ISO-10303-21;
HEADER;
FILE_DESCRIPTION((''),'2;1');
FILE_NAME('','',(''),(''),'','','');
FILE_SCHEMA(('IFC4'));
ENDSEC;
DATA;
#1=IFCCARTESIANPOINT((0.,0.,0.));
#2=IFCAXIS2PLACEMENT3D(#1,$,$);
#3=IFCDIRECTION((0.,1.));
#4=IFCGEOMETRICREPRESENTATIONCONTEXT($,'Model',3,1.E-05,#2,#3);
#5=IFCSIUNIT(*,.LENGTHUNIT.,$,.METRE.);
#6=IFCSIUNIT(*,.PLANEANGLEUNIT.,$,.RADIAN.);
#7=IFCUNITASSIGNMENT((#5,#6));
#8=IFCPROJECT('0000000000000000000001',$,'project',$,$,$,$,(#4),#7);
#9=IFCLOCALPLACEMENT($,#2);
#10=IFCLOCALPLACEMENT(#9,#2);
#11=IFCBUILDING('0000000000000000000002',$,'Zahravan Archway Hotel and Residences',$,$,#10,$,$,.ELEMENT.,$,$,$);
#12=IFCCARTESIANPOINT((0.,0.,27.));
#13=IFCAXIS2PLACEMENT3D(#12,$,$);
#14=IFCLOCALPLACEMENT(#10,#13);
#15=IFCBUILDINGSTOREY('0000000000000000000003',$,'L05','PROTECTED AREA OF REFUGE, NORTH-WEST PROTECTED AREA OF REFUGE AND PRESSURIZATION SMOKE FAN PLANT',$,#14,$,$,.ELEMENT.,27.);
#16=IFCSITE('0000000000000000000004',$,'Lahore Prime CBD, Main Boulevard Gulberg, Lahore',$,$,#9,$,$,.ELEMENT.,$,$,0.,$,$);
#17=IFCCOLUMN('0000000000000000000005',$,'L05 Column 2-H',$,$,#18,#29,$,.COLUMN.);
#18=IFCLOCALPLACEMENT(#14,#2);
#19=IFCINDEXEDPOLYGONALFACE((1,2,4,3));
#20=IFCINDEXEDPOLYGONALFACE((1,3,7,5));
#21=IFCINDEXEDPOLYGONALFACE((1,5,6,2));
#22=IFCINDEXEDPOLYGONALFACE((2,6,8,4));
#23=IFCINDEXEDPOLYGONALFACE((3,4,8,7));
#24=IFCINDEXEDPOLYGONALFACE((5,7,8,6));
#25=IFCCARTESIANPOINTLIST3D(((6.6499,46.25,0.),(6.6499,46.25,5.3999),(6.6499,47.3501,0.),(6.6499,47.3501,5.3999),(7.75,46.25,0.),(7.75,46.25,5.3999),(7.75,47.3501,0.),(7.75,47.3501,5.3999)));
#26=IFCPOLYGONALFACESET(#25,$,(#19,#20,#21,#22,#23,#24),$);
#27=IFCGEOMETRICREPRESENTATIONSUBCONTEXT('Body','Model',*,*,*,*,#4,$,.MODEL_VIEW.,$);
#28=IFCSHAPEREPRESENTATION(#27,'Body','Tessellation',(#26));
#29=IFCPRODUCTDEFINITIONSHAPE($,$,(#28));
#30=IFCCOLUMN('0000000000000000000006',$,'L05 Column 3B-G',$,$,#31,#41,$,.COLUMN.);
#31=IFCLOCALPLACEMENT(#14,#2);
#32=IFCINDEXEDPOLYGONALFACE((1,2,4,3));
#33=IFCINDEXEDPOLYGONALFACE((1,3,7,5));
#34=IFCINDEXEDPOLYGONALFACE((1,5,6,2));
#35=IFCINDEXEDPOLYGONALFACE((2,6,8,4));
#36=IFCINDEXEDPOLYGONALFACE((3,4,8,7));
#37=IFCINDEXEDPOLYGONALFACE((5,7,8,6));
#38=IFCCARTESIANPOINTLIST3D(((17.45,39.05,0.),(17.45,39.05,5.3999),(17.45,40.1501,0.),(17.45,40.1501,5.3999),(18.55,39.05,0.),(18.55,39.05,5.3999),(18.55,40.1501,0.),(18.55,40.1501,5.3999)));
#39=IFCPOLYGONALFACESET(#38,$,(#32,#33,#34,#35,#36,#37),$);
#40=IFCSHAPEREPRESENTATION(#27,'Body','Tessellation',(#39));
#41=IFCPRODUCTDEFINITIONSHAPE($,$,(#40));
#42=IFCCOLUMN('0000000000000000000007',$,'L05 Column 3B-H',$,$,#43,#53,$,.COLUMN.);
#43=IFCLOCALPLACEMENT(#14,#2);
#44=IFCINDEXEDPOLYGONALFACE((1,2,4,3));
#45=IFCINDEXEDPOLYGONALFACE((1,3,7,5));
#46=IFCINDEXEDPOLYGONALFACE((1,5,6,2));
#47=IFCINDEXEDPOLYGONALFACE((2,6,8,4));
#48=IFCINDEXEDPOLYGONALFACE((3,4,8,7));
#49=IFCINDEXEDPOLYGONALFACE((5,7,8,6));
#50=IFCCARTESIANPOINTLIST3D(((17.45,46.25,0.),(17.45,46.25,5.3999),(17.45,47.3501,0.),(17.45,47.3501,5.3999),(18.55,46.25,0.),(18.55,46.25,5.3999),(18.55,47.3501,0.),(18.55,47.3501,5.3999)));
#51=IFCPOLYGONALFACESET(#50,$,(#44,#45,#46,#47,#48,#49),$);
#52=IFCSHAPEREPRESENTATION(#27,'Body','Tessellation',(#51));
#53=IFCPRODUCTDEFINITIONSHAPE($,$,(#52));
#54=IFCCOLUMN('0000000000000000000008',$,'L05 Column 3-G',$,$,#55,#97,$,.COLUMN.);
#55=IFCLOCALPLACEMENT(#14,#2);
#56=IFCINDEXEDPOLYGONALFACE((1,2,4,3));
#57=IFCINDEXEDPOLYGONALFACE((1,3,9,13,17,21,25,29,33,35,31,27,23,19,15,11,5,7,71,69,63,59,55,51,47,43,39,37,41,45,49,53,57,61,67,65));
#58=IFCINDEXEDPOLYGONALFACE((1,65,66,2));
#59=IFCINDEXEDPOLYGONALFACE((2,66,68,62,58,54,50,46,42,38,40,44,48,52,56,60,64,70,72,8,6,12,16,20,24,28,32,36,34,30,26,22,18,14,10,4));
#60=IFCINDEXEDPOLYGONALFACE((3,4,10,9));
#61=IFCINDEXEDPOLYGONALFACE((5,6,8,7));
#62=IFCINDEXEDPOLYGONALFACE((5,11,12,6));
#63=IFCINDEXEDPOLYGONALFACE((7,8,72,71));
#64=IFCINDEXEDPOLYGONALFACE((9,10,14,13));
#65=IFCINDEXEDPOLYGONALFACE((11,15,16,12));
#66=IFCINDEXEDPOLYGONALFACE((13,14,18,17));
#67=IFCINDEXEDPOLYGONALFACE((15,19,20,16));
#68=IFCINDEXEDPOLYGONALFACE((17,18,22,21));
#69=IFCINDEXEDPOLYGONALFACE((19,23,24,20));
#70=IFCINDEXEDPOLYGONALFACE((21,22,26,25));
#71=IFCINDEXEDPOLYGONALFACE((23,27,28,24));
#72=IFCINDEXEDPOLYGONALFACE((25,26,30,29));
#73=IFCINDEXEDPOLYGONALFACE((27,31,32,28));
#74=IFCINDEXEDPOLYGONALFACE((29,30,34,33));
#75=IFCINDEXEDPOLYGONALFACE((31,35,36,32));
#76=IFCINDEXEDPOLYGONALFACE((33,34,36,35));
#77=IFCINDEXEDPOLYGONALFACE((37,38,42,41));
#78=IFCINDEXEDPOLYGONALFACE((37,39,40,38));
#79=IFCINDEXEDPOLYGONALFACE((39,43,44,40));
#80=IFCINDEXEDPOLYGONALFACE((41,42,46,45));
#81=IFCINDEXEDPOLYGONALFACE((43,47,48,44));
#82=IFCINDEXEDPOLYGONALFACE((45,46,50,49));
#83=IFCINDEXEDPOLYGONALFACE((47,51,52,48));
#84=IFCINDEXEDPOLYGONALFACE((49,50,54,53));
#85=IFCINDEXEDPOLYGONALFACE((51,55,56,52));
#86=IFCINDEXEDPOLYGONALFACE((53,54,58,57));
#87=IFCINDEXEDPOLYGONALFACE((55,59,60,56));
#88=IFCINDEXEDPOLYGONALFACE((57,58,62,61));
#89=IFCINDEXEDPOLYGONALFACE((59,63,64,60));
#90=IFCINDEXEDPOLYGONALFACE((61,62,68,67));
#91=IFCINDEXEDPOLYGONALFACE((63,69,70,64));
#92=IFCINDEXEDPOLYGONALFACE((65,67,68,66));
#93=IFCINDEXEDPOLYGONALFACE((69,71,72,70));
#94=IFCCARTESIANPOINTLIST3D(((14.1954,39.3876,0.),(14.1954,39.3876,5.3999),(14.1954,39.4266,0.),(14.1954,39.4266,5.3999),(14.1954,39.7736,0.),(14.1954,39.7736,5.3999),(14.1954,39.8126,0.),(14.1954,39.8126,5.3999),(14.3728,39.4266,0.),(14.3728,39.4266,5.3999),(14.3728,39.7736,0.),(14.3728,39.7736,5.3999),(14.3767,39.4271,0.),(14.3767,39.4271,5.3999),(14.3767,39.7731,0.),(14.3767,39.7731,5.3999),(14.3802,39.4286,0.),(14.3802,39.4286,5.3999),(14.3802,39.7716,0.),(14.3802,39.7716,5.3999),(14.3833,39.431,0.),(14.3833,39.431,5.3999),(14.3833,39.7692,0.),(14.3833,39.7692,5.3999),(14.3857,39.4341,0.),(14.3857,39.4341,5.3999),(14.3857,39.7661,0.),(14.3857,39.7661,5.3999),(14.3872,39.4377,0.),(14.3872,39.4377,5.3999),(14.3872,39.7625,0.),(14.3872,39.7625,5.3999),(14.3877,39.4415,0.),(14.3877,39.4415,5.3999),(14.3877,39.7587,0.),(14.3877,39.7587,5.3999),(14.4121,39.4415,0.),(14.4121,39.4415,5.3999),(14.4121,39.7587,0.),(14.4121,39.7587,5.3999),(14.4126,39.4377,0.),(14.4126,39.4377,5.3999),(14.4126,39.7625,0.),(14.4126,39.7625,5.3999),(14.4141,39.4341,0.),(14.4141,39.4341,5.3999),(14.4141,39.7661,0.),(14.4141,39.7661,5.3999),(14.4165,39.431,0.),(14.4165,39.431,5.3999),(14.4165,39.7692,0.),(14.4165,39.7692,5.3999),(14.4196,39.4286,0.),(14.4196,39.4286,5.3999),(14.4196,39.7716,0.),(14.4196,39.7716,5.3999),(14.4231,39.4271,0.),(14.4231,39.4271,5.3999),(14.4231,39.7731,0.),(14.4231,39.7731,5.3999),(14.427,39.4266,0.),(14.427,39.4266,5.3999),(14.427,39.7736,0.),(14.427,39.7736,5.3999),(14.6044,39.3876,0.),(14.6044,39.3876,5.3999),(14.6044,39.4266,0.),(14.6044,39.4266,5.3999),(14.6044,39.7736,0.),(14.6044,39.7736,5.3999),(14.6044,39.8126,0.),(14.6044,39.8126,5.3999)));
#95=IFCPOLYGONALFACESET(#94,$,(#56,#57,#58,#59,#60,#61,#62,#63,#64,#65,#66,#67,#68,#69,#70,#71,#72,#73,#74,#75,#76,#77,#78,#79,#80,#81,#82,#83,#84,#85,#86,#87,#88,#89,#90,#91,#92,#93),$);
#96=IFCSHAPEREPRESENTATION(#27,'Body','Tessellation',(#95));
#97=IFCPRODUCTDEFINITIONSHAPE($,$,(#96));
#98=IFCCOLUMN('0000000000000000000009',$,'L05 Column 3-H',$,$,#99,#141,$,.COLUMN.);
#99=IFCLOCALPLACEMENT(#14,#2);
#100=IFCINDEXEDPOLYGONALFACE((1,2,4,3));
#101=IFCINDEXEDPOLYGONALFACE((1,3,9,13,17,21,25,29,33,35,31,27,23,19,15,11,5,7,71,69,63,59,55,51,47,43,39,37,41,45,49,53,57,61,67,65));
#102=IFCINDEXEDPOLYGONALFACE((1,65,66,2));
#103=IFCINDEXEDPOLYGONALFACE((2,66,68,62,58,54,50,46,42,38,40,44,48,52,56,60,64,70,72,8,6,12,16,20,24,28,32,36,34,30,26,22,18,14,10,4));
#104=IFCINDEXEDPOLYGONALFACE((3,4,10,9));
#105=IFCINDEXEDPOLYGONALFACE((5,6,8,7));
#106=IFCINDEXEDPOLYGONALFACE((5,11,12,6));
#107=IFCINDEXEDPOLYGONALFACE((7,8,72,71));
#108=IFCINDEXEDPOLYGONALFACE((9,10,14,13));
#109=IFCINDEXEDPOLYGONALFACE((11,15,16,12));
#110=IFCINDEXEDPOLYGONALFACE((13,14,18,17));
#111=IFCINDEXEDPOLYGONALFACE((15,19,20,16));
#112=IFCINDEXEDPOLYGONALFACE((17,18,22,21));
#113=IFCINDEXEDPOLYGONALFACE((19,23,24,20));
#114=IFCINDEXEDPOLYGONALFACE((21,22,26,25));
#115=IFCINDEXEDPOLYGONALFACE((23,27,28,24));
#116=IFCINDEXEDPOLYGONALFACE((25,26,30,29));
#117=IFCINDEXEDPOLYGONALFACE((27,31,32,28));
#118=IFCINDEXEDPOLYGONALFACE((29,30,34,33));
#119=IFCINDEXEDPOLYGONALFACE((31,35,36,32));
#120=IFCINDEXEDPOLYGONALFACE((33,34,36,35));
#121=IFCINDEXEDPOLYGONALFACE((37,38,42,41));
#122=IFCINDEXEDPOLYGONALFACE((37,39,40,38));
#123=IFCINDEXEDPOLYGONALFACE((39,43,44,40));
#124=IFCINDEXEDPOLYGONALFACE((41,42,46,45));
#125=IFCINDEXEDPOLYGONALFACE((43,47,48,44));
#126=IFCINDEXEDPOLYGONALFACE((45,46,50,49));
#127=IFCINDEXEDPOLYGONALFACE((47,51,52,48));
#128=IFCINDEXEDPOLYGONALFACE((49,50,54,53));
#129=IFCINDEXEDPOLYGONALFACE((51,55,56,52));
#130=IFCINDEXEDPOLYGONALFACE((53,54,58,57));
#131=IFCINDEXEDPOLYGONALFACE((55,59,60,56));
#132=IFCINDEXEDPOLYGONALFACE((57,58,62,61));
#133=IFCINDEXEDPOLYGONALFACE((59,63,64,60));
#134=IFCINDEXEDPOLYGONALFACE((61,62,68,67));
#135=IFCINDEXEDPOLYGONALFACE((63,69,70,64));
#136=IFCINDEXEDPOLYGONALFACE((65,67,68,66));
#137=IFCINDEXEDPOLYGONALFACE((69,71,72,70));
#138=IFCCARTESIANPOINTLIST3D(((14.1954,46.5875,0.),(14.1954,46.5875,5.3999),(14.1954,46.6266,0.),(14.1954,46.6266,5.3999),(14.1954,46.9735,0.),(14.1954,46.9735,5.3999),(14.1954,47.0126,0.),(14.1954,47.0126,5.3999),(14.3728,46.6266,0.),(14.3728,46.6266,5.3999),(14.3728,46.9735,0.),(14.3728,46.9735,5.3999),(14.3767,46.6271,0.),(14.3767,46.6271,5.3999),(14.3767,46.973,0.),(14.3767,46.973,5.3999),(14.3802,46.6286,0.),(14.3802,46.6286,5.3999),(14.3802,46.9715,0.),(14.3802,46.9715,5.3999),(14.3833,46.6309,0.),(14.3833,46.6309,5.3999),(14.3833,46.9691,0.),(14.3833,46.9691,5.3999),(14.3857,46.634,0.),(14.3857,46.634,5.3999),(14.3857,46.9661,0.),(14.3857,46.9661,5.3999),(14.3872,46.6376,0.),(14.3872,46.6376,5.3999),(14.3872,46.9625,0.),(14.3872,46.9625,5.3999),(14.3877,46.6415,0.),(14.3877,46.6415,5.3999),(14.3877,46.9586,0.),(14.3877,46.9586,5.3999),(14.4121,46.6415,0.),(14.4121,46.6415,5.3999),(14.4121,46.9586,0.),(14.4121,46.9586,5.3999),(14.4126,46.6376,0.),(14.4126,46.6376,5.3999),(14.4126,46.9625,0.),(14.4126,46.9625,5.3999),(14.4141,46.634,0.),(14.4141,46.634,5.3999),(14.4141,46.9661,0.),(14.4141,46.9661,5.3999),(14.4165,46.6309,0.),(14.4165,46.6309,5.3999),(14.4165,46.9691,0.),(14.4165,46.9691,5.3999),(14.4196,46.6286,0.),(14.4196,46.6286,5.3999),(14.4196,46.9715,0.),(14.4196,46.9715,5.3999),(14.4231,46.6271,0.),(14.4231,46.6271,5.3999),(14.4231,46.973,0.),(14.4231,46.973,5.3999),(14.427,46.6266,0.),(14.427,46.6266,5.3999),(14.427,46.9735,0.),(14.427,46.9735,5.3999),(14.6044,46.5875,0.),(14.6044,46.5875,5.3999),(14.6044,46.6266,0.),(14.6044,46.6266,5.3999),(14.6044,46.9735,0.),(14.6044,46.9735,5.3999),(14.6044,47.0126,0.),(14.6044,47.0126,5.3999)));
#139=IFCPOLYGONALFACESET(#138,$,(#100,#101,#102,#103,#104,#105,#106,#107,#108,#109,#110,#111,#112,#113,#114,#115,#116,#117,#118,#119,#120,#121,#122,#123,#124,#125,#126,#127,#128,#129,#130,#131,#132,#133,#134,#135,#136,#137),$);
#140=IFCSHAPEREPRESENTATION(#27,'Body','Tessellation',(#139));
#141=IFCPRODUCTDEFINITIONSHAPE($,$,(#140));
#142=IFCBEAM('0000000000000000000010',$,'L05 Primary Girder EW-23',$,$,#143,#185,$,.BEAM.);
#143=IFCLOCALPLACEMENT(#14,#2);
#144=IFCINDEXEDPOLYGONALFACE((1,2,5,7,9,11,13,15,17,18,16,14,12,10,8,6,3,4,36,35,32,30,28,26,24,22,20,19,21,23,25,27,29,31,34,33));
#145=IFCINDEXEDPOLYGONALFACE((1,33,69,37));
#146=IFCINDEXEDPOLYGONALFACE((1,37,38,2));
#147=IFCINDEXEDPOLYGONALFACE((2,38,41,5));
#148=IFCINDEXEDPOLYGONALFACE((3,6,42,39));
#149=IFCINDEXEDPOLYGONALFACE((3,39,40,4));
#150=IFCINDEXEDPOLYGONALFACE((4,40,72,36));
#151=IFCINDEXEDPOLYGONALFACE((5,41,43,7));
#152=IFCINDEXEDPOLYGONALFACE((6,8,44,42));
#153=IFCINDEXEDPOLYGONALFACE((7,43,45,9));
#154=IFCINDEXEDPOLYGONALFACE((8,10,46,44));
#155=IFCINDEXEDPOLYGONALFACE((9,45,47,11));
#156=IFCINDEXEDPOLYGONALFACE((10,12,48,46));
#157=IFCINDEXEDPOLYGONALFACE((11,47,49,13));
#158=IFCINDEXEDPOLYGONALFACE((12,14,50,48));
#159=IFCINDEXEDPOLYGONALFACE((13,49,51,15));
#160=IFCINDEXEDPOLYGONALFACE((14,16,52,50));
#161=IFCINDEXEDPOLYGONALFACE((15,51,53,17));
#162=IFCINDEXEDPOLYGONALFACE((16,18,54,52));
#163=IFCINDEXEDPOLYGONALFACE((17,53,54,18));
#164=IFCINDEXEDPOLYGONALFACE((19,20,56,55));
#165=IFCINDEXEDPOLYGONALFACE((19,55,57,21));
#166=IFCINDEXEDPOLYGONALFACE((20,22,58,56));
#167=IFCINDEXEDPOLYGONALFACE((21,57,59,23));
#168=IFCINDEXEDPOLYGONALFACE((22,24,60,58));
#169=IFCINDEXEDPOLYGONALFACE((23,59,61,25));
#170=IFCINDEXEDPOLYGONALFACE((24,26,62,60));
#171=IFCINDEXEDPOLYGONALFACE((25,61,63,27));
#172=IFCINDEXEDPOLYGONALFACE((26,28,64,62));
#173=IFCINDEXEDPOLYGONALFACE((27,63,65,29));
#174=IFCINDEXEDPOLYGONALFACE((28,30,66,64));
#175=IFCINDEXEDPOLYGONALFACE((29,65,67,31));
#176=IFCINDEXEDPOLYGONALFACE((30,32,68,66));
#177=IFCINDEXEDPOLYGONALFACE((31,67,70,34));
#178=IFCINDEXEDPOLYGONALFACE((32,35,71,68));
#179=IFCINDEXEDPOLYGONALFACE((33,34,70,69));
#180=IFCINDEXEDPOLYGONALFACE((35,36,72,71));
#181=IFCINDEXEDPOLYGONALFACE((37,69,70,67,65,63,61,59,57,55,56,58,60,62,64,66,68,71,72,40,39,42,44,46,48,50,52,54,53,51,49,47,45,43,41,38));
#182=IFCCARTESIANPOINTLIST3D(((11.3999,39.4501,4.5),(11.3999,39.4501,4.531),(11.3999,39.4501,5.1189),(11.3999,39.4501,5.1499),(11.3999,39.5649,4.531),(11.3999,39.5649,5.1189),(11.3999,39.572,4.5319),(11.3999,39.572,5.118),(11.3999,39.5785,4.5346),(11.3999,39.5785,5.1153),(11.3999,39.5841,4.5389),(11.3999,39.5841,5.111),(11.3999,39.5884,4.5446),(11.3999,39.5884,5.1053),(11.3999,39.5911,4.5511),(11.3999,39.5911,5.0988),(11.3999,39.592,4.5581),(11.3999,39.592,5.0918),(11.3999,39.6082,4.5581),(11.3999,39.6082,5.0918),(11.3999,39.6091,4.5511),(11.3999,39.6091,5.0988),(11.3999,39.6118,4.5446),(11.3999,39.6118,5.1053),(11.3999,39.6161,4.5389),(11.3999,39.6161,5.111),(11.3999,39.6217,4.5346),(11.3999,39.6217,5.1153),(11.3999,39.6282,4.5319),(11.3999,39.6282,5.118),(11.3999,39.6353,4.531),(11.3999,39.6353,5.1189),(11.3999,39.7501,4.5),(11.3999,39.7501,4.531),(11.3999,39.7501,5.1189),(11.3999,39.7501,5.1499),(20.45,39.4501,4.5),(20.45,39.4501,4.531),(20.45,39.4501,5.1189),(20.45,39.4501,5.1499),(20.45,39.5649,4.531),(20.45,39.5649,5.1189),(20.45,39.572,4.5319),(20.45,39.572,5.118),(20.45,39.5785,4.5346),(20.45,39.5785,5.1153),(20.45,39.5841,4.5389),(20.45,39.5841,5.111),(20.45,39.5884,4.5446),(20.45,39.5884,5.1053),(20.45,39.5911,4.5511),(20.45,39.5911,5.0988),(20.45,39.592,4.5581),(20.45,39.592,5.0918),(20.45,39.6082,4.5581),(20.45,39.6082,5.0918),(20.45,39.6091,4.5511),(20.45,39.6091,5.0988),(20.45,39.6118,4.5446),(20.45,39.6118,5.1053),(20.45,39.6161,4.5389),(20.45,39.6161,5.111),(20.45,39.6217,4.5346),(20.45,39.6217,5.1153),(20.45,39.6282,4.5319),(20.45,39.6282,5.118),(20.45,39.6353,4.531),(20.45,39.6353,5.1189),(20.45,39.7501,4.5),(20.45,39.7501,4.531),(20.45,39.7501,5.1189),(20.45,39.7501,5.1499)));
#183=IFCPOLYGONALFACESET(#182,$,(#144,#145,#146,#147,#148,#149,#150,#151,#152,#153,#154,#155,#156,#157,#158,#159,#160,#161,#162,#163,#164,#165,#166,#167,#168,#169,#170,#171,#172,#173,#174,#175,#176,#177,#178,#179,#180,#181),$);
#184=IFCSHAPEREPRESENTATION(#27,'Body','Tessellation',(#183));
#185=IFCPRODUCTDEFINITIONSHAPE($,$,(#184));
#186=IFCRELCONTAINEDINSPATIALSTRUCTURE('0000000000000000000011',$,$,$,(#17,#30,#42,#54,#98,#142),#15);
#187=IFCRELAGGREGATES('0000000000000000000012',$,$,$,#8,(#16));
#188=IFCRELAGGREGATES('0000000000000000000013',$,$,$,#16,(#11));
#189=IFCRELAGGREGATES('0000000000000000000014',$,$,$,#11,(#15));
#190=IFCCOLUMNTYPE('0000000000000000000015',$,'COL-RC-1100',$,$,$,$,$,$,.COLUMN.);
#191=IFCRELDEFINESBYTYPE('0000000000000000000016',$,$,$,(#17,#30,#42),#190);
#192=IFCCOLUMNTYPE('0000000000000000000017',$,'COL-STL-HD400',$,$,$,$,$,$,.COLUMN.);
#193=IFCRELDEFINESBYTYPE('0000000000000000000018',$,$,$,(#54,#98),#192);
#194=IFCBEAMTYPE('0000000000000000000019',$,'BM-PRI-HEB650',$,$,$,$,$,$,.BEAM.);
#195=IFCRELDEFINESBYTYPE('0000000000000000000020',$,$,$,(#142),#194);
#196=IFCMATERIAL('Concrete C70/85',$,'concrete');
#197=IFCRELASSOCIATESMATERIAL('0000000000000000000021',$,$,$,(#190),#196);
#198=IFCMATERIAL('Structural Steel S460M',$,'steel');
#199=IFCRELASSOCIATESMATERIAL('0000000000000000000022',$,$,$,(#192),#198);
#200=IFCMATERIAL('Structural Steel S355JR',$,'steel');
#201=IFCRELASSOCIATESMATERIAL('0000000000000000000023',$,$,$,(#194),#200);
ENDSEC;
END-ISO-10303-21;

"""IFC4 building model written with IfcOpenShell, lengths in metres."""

from ifc_helpers import new_model, si_unit, direction, frame, origin, origin_2d, place, context, subcontext, project, spatial, rectangle, i_section, extrude, source, transform, mapped, material, material_profile, profile_set, type_object, type_shapes, element, save


model = new_model("IFC4")

# Units and contexts
model_context = context("Model", 3, precision=1e-05, world=origin(), true_north=direction((0.0, 1.0)))
body_context = subcontext(model_context, "Body", "Model", "MODEL_VIEW")
ifc_project = project(units=[si_unit("LENGTHUNIT", "METRE"), si_unit("PLANEANGLEUNIT", "RADIAN")], contexts=[model_context])

# Site, building, storey
site_placement = place(None, origin())
site = spatial("IfcSite", under=ifc_project, at=site_placement, Name="Lahore Prime CBD, Main Boulevard Gulberg, Lahore", CompositionType="ELEMENT", RefElevation=0.0)
building_placement = place(site_placement, origin())
building = spatial("IfcBuilding", under=site, at=building_placement, Name="Zahravan Archway Hotel and Residences", CompositionType="ELEMENT")
storey_placement = place(building_placement, frame((0.0, 0.0, 27.0)))
storey = spatial("IfcBuildingStorey", under=building, at=storey_placement, Name="L05", Description="PROTECTED AREA OF REFUGE, NORTH-WEST PROTECTED AREA OF REFUGE AND PRESSURIZATION SMOKE FAN PLANT", CompositionType="ELEMENT", Elevation=27.0)

# Columns
ifc_material_1 = material(Name="Concrete C70/85", Category="concrete")
ifc_material_profile_1 = material_profile(ifc_material_1, rectangle(XDim=1.1001, YDim=1.1001, at=origin_2d()), Name="RC 1100x1100", Category="concrete")
ifc_profile_set_1 = profile_set([ifc_material_profile_1], Name="Concrete C70/85")
column_type_1 = type_object("IfcColumnType", Name="COL-RC-1100", PredefinedType="COLUMN", material=ifc_profile_set_1)
shared_shape_1 = source(origin(), body_context, "Body", "SweptSolid", [
    extrude(rectangle(XDim=1.1001, YDim=1.1001, at=origin_2d()), origin(), (0.0, 0.0, 1.0), 5.3999),
])
for number, where, z_axis, x_axis, name in (
    (1, (7.2, 46.8, 0.0), (0.0, 0.0, 1.0), (1.0, 0.0, 0.0), "L05 Column 2-H"),
    (2, (18.0, 39.6001, 0.0), (0.0, 0.0, 1.0), (1.0, 0.0, 0.0), "L05 Column 3B-G"),
    (3, (18.0, 46.8, 0.0), (0.0, 0.0, 1.0), (1.0, 0.0, 0.0), "L05 Column 3B-H"),
):
    element("IfcColumn", number, at=place(storey_placement, frame(where, z_axis=z_axis, x_axis=x_axis)), inside=storey, type_object=column_type_1, Name=name, PredefinedType="COLUMN", context=body_context, shape_type="MappedRepresentation", body=[
        mapped(shared_shape_1, transform((0.0, 0.0, 0.0), scale=1.0)),
    ])
ifc_material_2 = material(Name="Structural Steel S460M", Category="steel")
ifc_material_profile_2 = material_profile(ifc_material_2, i_section(OverallWidth=0.4089, OverallDepth=0.425, WebThickness=0.0244, FlangeThickness=0.0391, FilletRadius=0.0149, at=origin_2d()), Name="HD 400x421", Category="steel")
ifc_profile_set_2 = profile_set([ifc_material_profile_2], Name="Structural Steel S460M")
column_type_2 = type_object("IfcColumnType", Name="COL-STL-HD400", PredefinedType="COLUMN", material=ifc_profile_set_2)
shared_shape_2 = source(origin(), body_context, "Body", "SweptSolid", [
    extrude(i_section(OverallWidth=0.4089, OverallDepth=0.425, WebThickness=0.0244, FlangeThickness=0.0391, FilletRadius=0.0149, at=origin_2d()), origin(), (0.0, 0.0, 1.0), 5.3999),
])
type_shapes(column_type_2, [shared_shape_2])
for number, where, z_axis, x_axis, name in (
    (4, (14.3999, 39.6001, 0.0), (0.0, 0.0, 1.0), (1.0, 0.0, 0.0), "L05 Column 3-G"),
    (5, (14.3999, 46.8, 0.0), (0.0, 0.0, 1.0), (1.0, 0.0, 0.0), "L05 Column 3-H"),
):
    element("IfcColumn", number, at=place(storey_placement, frame(where, z_axis=z_axis, x_axis=x_axis)), inside=storey, type_object=column_type_2, Name=name, PredefinedType="COLUMN", context=body_context, shape_type="MappedRepresentation", body=[
        mapped(shared_shape_2, transform((0.0, 0.0, 0.0), scale=1.0)),
    ])

# Beam
ifc_material_3 = material(Name="Structural Steel S355JR", Category="steel")
ifc_material_profile_3 = material_profile(ifc_material_3, i_section(OverallWidth=0.3, OverallDepth=0.6499, WebThickness=0.0161, FlangeThickness=0.031, FilletRadius=0.0271, at=origin_2d()), Name="HEB 650", Category="steel")
ifc_profile_set_3 = profile_set([ifc_material_profile_3], Name="Structural Steel S355JR")
beam_type_1 = type_object("IfcBeamType", Name="BM-PRI-HEB650", PredefinedType="BEAM", material=ifc_profile_set_3)
shared_shape_3 = source(origin(), body_context, "Body", "SweptSolid", [
    extrude(i_section(OverallWidth=0.3, OverallDepth=0.6499, WebThickness=0.0161, FlangeThickness=0.031, FilletRadius=0.0271, at=origin_2d()), origin(), (0.0, 0.0, 1.0), 9.05),
])
beam_1_placement = place(storey_placement, frame((11.3999, 39.6001, 4.825), z_axis=(1.0, 0.0, 0.0), x_axis=(0.0, 1.0, 0.0)))
element("IfcBeam", 6, at=beam_1_placement, inside=storey, type_object=beam_type_1, Name="L05 Primary Girder EW-23", PredefinedType="BEAM", context=body_context, shape_type="MappedRepresentation", body=[
    mapped(shared_shape_3, transform((0.0, 0.0, 0.0), scale=1.0)),
])

save(model, "model.ifc")
